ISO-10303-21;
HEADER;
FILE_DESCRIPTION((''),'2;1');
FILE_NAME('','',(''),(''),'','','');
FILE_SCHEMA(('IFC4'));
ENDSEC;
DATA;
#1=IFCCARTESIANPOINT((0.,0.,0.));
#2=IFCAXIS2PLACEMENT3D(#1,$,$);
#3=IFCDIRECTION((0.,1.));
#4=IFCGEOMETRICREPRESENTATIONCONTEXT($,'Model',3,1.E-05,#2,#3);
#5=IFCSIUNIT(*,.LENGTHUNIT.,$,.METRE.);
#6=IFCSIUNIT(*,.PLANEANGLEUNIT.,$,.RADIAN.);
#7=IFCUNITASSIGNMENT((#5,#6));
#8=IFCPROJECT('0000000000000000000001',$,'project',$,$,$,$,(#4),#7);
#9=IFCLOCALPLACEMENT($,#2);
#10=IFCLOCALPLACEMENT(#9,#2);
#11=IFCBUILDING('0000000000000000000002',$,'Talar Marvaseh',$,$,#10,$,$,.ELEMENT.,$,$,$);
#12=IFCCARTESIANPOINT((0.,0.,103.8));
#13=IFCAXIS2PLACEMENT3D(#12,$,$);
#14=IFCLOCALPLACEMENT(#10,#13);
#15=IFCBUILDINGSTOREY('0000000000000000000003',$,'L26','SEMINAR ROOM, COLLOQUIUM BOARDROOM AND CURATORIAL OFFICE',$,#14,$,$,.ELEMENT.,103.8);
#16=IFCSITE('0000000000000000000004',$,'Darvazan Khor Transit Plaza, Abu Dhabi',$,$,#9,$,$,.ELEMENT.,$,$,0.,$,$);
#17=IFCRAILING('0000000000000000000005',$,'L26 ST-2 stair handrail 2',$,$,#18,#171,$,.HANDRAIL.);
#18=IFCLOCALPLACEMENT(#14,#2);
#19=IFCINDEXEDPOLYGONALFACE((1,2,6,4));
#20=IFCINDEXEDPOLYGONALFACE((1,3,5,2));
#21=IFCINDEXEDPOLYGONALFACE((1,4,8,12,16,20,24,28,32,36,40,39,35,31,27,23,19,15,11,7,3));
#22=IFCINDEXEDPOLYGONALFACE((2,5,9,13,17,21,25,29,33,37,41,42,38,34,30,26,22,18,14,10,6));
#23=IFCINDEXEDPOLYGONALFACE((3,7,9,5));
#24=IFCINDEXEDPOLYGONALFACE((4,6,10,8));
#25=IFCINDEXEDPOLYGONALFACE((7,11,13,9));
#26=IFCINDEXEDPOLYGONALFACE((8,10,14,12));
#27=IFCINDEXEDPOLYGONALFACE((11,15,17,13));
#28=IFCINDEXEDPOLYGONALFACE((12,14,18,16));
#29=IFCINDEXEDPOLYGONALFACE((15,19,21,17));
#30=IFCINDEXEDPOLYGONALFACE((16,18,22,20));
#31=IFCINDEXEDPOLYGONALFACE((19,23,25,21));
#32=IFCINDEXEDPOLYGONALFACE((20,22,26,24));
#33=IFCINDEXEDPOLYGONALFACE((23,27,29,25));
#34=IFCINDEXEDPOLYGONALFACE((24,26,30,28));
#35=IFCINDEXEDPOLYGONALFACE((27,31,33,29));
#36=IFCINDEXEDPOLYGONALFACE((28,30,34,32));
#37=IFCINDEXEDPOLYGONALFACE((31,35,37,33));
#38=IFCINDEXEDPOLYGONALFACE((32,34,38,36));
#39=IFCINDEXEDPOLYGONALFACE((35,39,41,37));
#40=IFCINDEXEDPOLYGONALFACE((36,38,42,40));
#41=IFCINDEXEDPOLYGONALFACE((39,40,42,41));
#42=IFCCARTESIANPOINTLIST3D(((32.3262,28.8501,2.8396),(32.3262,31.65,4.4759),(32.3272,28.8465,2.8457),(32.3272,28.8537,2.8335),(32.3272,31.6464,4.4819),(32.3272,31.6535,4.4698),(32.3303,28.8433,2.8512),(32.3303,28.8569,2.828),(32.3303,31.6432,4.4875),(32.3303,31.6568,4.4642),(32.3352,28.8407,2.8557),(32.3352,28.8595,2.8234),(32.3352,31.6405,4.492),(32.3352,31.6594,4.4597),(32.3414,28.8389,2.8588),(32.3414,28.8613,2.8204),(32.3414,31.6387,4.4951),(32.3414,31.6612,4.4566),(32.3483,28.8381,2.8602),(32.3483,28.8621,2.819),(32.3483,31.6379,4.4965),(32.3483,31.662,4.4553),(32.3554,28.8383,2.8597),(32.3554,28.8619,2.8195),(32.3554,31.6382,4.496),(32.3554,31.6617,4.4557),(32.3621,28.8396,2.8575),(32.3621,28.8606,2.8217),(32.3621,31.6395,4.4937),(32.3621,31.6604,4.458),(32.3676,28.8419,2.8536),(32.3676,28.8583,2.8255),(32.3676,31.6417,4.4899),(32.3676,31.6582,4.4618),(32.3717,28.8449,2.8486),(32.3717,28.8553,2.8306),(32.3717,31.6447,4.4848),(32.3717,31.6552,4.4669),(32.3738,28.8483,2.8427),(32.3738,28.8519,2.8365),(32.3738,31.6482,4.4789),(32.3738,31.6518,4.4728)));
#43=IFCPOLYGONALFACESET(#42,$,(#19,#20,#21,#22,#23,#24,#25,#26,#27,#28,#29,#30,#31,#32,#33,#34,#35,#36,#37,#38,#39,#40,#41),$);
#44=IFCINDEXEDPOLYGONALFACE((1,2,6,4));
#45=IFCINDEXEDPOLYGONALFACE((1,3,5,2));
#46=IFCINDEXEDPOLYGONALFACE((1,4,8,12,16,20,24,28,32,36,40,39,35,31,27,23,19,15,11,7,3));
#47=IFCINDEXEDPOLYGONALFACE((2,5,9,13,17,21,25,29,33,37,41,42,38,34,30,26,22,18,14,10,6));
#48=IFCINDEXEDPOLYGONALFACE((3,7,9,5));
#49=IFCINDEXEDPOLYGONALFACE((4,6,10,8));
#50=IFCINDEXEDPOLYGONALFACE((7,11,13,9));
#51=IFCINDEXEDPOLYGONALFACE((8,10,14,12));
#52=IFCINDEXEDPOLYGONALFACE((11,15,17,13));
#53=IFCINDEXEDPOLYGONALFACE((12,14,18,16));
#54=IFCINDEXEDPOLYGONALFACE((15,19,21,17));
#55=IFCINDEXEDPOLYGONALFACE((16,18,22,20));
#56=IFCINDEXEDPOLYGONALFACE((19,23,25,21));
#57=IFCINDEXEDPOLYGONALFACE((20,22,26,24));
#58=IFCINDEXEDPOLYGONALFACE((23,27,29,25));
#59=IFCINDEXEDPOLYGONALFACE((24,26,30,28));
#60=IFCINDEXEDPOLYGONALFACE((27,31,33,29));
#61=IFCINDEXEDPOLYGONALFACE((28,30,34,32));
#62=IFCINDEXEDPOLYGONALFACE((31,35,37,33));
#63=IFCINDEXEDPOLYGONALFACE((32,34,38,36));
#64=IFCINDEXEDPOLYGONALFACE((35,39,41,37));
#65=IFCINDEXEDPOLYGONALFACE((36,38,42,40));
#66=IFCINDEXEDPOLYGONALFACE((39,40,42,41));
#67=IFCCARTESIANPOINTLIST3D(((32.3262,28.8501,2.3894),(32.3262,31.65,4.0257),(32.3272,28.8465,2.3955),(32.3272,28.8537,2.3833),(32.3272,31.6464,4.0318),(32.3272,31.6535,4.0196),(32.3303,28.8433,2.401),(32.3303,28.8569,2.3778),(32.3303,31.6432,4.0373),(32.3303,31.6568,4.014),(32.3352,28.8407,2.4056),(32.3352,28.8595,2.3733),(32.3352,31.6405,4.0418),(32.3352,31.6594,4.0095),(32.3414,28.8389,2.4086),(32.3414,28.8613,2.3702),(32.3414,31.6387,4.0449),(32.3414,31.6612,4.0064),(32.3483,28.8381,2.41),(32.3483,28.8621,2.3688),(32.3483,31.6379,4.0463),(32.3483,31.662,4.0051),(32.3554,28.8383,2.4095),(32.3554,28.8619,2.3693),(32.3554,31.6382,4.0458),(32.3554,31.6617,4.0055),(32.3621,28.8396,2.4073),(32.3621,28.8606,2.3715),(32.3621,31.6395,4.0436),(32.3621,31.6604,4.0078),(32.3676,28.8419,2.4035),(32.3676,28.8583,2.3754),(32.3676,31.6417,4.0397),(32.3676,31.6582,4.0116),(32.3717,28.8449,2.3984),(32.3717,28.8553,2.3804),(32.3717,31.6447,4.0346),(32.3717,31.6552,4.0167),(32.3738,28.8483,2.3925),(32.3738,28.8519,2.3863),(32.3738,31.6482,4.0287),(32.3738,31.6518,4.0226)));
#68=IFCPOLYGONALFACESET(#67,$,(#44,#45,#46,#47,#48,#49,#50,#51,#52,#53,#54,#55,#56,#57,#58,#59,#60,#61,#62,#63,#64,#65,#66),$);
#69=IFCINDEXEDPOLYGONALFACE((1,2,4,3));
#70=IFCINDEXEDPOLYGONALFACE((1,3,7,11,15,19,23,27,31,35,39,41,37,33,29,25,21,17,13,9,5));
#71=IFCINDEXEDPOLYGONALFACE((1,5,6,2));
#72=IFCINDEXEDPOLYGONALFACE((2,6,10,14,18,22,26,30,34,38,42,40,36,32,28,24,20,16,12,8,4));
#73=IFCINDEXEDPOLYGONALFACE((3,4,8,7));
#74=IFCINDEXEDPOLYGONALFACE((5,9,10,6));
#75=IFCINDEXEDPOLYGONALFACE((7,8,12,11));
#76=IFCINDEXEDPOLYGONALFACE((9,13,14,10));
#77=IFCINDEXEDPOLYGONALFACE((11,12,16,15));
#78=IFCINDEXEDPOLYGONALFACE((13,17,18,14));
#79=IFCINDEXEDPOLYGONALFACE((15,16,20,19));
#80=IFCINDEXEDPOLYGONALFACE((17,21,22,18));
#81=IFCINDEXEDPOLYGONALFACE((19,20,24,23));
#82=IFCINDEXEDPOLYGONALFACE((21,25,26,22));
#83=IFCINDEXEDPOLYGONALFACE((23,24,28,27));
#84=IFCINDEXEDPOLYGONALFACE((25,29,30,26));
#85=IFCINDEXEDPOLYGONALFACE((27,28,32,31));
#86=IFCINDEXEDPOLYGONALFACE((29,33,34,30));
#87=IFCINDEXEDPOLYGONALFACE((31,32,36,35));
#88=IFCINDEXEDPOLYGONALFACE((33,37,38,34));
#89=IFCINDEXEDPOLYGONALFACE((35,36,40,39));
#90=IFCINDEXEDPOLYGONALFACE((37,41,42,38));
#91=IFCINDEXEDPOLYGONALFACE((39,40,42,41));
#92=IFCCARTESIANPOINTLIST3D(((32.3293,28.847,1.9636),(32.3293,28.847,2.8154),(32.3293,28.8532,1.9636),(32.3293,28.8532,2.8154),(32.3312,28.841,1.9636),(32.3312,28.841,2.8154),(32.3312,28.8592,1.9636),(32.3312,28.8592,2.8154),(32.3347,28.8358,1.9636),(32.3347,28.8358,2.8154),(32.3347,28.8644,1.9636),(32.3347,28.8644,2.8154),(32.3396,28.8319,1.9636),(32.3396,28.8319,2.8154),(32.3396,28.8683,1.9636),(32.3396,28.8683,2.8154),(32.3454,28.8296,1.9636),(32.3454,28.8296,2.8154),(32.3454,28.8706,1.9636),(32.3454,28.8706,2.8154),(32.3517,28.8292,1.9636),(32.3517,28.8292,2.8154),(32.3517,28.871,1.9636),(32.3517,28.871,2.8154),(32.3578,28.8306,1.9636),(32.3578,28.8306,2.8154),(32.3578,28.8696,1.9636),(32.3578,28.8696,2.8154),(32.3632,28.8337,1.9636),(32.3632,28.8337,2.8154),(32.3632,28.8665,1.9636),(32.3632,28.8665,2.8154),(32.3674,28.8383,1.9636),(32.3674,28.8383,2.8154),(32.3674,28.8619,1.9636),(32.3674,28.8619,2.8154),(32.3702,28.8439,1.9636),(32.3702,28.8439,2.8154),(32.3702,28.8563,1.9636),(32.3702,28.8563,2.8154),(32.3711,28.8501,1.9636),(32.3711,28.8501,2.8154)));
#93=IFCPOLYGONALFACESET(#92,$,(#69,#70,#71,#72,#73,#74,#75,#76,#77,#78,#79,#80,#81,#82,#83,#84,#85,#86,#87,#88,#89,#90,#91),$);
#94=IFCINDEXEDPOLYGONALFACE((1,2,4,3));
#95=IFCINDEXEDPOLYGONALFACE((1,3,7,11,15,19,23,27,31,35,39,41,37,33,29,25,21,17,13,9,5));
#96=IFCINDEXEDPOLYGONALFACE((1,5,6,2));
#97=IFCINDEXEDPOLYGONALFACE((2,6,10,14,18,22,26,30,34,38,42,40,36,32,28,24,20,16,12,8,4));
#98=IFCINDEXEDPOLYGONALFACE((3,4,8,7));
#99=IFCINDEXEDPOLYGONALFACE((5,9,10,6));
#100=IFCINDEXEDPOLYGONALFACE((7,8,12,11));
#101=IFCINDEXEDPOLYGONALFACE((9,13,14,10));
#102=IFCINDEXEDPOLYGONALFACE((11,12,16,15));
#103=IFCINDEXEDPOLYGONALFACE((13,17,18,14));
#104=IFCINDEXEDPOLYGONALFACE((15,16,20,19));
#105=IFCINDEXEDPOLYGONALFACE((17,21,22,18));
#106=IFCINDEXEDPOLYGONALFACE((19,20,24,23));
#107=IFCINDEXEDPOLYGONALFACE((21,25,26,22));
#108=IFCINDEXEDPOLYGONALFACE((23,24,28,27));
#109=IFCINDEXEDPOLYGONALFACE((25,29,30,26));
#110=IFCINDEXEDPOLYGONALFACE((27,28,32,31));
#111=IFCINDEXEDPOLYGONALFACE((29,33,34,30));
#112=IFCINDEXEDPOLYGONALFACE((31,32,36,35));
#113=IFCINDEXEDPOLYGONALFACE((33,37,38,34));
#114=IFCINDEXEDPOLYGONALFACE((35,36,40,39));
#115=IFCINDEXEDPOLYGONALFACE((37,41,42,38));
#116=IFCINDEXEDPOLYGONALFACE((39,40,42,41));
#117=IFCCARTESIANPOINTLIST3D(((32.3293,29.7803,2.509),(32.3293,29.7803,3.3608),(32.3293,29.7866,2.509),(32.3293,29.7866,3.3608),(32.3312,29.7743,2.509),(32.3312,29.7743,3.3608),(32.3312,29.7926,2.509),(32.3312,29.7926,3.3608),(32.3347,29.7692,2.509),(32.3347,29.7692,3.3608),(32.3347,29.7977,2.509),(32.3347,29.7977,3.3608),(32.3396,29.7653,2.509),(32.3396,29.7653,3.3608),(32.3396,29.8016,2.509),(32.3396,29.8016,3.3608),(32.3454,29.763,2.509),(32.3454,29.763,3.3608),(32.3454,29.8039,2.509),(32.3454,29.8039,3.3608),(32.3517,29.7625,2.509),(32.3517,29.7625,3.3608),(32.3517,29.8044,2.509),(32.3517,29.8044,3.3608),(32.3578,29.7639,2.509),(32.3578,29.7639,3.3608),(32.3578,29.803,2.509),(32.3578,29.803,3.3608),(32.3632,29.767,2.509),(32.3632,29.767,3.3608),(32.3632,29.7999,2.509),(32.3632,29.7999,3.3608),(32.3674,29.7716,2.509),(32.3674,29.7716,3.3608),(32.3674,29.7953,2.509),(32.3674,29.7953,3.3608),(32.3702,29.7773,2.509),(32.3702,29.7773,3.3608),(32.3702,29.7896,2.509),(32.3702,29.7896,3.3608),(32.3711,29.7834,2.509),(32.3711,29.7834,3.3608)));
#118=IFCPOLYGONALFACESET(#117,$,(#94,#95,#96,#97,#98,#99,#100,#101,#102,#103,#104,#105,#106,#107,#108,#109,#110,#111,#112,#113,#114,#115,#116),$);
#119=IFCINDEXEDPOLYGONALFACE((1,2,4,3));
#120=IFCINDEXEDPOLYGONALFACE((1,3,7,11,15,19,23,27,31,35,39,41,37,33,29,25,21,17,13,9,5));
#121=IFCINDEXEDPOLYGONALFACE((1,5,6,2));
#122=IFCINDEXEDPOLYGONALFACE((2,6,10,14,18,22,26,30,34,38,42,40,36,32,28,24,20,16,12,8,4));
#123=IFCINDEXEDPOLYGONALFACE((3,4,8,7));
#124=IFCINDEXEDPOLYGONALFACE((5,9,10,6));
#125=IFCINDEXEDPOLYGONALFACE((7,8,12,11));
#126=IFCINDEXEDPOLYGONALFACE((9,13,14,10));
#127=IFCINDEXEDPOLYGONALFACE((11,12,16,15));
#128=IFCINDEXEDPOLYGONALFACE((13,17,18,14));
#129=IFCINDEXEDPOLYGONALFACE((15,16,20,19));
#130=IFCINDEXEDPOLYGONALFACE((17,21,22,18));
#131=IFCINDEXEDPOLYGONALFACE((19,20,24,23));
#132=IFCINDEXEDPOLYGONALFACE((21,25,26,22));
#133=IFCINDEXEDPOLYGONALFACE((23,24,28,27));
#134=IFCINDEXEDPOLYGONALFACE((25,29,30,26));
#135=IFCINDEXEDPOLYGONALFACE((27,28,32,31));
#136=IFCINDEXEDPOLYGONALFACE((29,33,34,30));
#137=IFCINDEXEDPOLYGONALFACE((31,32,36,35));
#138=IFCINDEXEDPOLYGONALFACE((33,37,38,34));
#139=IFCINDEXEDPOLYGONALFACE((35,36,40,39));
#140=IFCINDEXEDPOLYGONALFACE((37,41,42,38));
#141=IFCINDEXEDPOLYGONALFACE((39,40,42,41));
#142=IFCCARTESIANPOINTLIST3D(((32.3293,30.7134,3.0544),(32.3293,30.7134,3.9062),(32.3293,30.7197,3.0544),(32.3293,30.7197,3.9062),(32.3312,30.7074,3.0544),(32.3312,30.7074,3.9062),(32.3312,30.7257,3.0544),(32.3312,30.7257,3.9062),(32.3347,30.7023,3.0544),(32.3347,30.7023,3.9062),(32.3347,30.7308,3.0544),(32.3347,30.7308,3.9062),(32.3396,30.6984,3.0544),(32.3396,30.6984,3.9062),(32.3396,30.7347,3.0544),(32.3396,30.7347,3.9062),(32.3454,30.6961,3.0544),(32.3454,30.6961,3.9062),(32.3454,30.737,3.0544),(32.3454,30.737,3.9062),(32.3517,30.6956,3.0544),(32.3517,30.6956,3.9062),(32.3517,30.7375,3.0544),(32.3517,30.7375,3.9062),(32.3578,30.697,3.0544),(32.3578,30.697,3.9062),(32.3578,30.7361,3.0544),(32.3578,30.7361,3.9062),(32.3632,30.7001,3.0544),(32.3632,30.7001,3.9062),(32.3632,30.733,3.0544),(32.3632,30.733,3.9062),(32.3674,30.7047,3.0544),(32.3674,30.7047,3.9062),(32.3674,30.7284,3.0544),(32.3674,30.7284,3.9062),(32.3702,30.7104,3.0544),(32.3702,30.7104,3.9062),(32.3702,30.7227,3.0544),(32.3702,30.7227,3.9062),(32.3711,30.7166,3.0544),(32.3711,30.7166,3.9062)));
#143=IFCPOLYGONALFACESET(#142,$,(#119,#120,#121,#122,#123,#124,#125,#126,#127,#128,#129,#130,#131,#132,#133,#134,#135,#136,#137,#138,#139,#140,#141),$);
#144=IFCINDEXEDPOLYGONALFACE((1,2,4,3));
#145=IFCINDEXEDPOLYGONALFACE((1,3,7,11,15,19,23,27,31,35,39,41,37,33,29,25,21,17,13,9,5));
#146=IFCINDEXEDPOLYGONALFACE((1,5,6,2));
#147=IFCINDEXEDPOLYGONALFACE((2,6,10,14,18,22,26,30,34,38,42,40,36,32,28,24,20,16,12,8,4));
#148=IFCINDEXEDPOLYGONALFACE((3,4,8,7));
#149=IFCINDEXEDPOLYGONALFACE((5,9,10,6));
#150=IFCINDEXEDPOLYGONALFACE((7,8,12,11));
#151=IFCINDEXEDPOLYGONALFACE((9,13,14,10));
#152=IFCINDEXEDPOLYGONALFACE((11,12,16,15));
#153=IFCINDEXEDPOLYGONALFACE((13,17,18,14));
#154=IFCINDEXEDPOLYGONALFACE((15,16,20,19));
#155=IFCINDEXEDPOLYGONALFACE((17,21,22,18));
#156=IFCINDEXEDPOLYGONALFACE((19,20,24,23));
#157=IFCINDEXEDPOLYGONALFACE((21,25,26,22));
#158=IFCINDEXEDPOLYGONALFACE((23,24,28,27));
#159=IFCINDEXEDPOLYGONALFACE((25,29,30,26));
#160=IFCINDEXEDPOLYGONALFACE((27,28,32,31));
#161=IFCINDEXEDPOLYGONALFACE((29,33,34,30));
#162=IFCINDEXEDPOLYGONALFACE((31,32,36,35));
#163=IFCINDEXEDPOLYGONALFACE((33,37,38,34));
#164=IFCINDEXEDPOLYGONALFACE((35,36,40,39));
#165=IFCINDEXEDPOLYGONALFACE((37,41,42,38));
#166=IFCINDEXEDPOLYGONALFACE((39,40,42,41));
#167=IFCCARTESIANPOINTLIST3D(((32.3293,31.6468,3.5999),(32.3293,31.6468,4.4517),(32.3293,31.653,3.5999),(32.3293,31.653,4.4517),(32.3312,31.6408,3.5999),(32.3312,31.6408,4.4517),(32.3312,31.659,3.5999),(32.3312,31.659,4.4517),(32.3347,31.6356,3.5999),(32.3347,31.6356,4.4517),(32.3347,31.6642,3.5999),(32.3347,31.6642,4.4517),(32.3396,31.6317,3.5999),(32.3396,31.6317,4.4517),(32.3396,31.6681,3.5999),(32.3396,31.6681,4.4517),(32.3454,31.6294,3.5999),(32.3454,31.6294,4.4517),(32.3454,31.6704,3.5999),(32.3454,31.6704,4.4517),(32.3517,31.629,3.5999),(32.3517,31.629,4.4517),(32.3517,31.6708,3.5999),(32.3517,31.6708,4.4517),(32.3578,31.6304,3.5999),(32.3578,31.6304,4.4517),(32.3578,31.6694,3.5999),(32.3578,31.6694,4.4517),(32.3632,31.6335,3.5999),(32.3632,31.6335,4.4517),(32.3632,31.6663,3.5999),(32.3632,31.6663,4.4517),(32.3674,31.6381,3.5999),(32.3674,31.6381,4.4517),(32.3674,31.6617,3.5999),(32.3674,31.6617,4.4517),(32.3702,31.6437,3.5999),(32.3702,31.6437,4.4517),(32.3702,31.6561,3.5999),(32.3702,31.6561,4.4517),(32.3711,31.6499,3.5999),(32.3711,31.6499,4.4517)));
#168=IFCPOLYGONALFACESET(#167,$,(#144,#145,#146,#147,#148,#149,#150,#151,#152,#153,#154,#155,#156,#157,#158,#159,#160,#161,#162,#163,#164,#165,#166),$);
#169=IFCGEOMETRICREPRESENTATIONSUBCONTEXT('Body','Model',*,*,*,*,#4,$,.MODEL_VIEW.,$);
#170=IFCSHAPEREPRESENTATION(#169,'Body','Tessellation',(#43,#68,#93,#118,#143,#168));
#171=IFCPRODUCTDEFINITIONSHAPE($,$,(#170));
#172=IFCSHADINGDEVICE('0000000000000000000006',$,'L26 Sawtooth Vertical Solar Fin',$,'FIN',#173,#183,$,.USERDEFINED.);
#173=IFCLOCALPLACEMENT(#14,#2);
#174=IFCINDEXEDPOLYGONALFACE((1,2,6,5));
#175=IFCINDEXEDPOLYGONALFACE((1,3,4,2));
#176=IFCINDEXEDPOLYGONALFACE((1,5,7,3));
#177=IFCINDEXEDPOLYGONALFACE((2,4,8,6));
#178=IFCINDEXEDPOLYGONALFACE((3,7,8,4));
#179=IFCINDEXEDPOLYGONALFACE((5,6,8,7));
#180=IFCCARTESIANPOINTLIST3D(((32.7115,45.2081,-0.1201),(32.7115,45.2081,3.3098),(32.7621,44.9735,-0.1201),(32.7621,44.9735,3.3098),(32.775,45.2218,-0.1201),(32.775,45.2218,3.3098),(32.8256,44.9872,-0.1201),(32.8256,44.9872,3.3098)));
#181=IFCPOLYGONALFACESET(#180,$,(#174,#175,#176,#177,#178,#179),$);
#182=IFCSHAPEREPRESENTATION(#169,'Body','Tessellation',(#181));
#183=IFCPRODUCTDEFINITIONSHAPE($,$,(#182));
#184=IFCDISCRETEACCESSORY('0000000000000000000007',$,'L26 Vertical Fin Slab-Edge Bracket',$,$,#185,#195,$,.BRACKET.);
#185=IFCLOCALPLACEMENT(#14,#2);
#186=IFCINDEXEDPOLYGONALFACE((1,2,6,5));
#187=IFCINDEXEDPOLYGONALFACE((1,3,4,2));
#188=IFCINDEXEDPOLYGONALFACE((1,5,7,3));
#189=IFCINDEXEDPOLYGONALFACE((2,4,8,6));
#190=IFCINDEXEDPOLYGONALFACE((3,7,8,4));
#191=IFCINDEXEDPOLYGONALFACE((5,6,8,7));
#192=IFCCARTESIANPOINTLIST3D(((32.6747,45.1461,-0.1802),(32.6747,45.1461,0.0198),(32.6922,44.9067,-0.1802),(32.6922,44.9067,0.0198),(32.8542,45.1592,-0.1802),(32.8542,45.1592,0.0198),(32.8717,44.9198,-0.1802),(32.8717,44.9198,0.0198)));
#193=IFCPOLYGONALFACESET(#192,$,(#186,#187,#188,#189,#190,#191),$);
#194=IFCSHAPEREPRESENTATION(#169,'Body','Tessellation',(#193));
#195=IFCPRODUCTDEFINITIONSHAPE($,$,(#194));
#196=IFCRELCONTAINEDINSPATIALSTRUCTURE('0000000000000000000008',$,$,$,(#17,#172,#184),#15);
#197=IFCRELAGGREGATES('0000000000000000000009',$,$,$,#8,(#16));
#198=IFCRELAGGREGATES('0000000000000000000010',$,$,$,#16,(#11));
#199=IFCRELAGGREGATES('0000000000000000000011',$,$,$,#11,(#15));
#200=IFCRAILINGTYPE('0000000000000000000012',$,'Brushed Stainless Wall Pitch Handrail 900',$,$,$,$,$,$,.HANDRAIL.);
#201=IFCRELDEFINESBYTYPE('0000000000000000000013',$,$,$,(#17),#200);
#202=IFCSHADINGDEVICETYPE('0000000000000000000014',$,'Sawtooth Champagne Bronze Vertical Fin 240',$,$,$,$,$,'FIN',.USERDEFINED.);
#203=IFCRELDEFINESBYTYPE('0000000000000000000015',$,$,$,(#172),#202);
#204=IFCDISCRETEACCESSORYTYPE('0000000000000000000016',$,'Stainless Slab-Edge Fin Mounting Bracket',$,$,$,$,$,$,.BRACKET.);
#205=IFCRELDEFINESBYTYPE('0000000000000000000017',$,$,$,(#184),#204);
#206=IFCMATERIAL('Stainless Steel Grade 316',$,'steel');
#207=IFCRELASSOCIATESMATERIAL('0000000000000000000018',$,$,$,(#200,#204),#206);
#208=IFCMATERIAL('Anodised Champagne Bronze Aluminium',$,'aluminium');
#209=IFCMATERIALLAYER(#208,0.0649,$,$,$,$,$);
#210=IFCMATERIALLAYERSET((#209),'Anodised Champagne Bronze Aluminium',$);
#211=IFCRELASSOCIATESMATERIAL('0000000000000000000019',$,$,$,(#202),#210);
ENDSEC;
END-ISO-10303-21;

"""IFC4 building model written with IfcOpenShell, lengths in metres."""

from ifc_helpers import new_model, si_unit, direction, frame, origin, origin_2d, place, context, subcontext, project, spatial, rectangle, circle, extrude, source, transform, mapped, material, layer, layer_set, type_object, type_shapes, element, save


model = new_model("IFC4")

# Units and contexts
model_context = context("Model", 3, precision=1e-05, world=origin(), true_north=direction((0.0, 1.0)))
body_context = subcontext(model_context, "Body", "Model", "MODEL_VIEW")
ifc_project = project(units=[si_unit("LENGTHUNIT", "METRE"), si_unit("PLANEANGLEUNIT", "RADIAN")], contexts=[model_context])

# Site, building, storey
site_placement = place(None, origin())
site = spatial("IfcSite", under=ifc_project, at=site_placement, Name="Darvazan Khor Transit Plaza, Abu Dhabi", CompositionType="ELEMENT", RefElevation=0.0)
building_placement = place(site_placement, origin())
building = spatial("IfcBuilding", under=site, at=building_placement, Name="Talar Marvaseh", CompositionType="ELEMENT")
storey_placement = place(building_placement, frame((0.0, 0.0, 103.8)))
storey = spatial("IfcBuildingStorey", under=building, at=storey_placement, Name="L26", Description="SEMINAR ROOM, COLLOQUIUM BOARDROOM AND CURATORIAL OFFICE", CompositionType="ELEMENT", Elevation=103.8)

# Railing
ifc_material_1 = material(Name="Stainless Steel Grade 316", Category="steel")
railing_type = type_object("IfcRailingType", Name="Brushed Stainless Wall Pitch Handrail 900", PredefinedType="HANDRAIL", material=ifc_material_1)
railing_placement = place(storey_placement, frame((32.3501, 28.8501, 1.9636)))
element("IfcRailing", 1, at=railing_placement, inside=storey, type_object=railing_type, Name="L26 ST-2 stair handrail 2", PredefinedType="HANDRAIL", context=body_context, shape_type="SweptSolid", body=[
    extrude(circle(Radius=0.0239, at=origin_2d()), frame((0.0, 0.0, 0.876), z_axis=(0.0, 0.863374, 0.504564), x_axis=(-1.0, 0.0, 0.0)), (0.0, 0.0, 1.0), 3.2429),
    extrude(circle(Radius=0.0239, at=origin_2d()), frame((0.0, 0.0, 0.4258), z_axis=(0.0, 0.863374, 0.504564), x_axis=(-1.0, 0.0, 0.0)), (0.0, 0.0, 1.0), 3.2429),
    extrude(circle(Radius=0.021, at=origin_2d()), origin(), (0.0, 0.0, 1.0), 0.8518),
    extrude(circle(Radius=0.021, at=origin_2d()), frame((0.0, 0.9333, 0.5454)), (0.0, 0.0, 1.0), 0.8518),
    extrude(circle(Radius=0.021, at=origin_2d()), frame((0.0, 1.8665, 1.0908)), (0.0, 0.0, 1.0), 0.8518),
    extrude(circle(Radius=0.021, at=origin_2d()), frame((0.0, 2.7998, 1.6362)), (0.0, 0.0, 1.0), 0.8518),
])

# Shading device
ifc_material_2 = material(Name="Anodised Champagne Bronze Aluminium", Category="aluminium")
ifc_layer_1 = layer(ifc_material_2, 0.0649)
ifc_layer_set_1 = layer_set([ifc_layer_1], Name="Anodised Champagne Bronze Aluminium")
shading_device_type = type_object("IfcShadingDeviceType", Name="Sawtooth Champagne Bronze Vertical Fin 240", ElementType="FIN", PredefinedType="USERDEFINED", material=ifc_layer_set_1)
shared_shape_1 = source(origin(), body_context, "Body", "SweptSolid", [
    extrude(rectangle(XDim=0.24, YDim=0.0649, at=origin_2d()), origin(), (0.0, 0.0, 1.0), 3.4299),
])
type_shapes(shading_device_type, [shared_shape_1])
shading_device_placement = place(storey_placement, frame((32.7686, 45.0977, -0.1201), z_axis=(0.0, 0.0, 1.0), x_axis=(-0.210984, 0.97749, 0.0)))
element("IfcShadingDevice", 2, at=shading_device_placement, inside=storey, type_object=shading_device_type, Name="L26 Sawtooth Vertical Solar Fin", ObjectType="FIN", PredefinedType="USERDEFINED", context=body_context, shape_type="MappedRepresentation", body=[
    mapped(shared_shape_1, transform((0.0, 0.0, 0.0), x_axis=(1.0, 0.0, 0.0), y_axis=(0.0, 1.0, 0.0), z_axis=(0.0, 0.0, 1.0), scale=1.0)),
])

# Discrete accessory
discrete_accessory_type = type_object("IfcDiscreteAccessoryType", Name="Stainless Slab-Edge Fin Mounting Bracket", PredefinedType="BRACKET", material=ifc_material_1)
shared_shape_2 = source(origin(), body_context, "Body", "SweptSolid", [
    extrude(rectangle(XDim=0.24, YDim=0.1799, at=origin_2d()), origin(), (0.0, 0.0, 1.0), 0.2),
])
type_shapes(discrete_accessory_type, [shared_shape_2])
discrete_accessory_placement = place(storey_placement, frame((32.7732, 45.033, -0.1802), z_axis=(0.0, 0.0, 1.0), x_axis=(-0.07289, 0.99734, 0.0)))
element("IfcDiscreteAccessory", 3, at=discrete_accessory_placement, inside=storey, type_object=discrete_accessory_type, Name="L26 Vertical Fin Slab-Edge Bracket", PredefinedType="BRACKET", context=body_context, shape_type="MappedRepresentation", body=[
    mapped(shared_shape_2, transform((0.0, 0.0, 0.0), x_axis=(1.0, 0.0, 0.0), y_axis=(0.0, 1.0, 0.0), z_axis=(0.0, 0.0, 1.0), scale=1.0)),
])

save(model, "model.ifc")
